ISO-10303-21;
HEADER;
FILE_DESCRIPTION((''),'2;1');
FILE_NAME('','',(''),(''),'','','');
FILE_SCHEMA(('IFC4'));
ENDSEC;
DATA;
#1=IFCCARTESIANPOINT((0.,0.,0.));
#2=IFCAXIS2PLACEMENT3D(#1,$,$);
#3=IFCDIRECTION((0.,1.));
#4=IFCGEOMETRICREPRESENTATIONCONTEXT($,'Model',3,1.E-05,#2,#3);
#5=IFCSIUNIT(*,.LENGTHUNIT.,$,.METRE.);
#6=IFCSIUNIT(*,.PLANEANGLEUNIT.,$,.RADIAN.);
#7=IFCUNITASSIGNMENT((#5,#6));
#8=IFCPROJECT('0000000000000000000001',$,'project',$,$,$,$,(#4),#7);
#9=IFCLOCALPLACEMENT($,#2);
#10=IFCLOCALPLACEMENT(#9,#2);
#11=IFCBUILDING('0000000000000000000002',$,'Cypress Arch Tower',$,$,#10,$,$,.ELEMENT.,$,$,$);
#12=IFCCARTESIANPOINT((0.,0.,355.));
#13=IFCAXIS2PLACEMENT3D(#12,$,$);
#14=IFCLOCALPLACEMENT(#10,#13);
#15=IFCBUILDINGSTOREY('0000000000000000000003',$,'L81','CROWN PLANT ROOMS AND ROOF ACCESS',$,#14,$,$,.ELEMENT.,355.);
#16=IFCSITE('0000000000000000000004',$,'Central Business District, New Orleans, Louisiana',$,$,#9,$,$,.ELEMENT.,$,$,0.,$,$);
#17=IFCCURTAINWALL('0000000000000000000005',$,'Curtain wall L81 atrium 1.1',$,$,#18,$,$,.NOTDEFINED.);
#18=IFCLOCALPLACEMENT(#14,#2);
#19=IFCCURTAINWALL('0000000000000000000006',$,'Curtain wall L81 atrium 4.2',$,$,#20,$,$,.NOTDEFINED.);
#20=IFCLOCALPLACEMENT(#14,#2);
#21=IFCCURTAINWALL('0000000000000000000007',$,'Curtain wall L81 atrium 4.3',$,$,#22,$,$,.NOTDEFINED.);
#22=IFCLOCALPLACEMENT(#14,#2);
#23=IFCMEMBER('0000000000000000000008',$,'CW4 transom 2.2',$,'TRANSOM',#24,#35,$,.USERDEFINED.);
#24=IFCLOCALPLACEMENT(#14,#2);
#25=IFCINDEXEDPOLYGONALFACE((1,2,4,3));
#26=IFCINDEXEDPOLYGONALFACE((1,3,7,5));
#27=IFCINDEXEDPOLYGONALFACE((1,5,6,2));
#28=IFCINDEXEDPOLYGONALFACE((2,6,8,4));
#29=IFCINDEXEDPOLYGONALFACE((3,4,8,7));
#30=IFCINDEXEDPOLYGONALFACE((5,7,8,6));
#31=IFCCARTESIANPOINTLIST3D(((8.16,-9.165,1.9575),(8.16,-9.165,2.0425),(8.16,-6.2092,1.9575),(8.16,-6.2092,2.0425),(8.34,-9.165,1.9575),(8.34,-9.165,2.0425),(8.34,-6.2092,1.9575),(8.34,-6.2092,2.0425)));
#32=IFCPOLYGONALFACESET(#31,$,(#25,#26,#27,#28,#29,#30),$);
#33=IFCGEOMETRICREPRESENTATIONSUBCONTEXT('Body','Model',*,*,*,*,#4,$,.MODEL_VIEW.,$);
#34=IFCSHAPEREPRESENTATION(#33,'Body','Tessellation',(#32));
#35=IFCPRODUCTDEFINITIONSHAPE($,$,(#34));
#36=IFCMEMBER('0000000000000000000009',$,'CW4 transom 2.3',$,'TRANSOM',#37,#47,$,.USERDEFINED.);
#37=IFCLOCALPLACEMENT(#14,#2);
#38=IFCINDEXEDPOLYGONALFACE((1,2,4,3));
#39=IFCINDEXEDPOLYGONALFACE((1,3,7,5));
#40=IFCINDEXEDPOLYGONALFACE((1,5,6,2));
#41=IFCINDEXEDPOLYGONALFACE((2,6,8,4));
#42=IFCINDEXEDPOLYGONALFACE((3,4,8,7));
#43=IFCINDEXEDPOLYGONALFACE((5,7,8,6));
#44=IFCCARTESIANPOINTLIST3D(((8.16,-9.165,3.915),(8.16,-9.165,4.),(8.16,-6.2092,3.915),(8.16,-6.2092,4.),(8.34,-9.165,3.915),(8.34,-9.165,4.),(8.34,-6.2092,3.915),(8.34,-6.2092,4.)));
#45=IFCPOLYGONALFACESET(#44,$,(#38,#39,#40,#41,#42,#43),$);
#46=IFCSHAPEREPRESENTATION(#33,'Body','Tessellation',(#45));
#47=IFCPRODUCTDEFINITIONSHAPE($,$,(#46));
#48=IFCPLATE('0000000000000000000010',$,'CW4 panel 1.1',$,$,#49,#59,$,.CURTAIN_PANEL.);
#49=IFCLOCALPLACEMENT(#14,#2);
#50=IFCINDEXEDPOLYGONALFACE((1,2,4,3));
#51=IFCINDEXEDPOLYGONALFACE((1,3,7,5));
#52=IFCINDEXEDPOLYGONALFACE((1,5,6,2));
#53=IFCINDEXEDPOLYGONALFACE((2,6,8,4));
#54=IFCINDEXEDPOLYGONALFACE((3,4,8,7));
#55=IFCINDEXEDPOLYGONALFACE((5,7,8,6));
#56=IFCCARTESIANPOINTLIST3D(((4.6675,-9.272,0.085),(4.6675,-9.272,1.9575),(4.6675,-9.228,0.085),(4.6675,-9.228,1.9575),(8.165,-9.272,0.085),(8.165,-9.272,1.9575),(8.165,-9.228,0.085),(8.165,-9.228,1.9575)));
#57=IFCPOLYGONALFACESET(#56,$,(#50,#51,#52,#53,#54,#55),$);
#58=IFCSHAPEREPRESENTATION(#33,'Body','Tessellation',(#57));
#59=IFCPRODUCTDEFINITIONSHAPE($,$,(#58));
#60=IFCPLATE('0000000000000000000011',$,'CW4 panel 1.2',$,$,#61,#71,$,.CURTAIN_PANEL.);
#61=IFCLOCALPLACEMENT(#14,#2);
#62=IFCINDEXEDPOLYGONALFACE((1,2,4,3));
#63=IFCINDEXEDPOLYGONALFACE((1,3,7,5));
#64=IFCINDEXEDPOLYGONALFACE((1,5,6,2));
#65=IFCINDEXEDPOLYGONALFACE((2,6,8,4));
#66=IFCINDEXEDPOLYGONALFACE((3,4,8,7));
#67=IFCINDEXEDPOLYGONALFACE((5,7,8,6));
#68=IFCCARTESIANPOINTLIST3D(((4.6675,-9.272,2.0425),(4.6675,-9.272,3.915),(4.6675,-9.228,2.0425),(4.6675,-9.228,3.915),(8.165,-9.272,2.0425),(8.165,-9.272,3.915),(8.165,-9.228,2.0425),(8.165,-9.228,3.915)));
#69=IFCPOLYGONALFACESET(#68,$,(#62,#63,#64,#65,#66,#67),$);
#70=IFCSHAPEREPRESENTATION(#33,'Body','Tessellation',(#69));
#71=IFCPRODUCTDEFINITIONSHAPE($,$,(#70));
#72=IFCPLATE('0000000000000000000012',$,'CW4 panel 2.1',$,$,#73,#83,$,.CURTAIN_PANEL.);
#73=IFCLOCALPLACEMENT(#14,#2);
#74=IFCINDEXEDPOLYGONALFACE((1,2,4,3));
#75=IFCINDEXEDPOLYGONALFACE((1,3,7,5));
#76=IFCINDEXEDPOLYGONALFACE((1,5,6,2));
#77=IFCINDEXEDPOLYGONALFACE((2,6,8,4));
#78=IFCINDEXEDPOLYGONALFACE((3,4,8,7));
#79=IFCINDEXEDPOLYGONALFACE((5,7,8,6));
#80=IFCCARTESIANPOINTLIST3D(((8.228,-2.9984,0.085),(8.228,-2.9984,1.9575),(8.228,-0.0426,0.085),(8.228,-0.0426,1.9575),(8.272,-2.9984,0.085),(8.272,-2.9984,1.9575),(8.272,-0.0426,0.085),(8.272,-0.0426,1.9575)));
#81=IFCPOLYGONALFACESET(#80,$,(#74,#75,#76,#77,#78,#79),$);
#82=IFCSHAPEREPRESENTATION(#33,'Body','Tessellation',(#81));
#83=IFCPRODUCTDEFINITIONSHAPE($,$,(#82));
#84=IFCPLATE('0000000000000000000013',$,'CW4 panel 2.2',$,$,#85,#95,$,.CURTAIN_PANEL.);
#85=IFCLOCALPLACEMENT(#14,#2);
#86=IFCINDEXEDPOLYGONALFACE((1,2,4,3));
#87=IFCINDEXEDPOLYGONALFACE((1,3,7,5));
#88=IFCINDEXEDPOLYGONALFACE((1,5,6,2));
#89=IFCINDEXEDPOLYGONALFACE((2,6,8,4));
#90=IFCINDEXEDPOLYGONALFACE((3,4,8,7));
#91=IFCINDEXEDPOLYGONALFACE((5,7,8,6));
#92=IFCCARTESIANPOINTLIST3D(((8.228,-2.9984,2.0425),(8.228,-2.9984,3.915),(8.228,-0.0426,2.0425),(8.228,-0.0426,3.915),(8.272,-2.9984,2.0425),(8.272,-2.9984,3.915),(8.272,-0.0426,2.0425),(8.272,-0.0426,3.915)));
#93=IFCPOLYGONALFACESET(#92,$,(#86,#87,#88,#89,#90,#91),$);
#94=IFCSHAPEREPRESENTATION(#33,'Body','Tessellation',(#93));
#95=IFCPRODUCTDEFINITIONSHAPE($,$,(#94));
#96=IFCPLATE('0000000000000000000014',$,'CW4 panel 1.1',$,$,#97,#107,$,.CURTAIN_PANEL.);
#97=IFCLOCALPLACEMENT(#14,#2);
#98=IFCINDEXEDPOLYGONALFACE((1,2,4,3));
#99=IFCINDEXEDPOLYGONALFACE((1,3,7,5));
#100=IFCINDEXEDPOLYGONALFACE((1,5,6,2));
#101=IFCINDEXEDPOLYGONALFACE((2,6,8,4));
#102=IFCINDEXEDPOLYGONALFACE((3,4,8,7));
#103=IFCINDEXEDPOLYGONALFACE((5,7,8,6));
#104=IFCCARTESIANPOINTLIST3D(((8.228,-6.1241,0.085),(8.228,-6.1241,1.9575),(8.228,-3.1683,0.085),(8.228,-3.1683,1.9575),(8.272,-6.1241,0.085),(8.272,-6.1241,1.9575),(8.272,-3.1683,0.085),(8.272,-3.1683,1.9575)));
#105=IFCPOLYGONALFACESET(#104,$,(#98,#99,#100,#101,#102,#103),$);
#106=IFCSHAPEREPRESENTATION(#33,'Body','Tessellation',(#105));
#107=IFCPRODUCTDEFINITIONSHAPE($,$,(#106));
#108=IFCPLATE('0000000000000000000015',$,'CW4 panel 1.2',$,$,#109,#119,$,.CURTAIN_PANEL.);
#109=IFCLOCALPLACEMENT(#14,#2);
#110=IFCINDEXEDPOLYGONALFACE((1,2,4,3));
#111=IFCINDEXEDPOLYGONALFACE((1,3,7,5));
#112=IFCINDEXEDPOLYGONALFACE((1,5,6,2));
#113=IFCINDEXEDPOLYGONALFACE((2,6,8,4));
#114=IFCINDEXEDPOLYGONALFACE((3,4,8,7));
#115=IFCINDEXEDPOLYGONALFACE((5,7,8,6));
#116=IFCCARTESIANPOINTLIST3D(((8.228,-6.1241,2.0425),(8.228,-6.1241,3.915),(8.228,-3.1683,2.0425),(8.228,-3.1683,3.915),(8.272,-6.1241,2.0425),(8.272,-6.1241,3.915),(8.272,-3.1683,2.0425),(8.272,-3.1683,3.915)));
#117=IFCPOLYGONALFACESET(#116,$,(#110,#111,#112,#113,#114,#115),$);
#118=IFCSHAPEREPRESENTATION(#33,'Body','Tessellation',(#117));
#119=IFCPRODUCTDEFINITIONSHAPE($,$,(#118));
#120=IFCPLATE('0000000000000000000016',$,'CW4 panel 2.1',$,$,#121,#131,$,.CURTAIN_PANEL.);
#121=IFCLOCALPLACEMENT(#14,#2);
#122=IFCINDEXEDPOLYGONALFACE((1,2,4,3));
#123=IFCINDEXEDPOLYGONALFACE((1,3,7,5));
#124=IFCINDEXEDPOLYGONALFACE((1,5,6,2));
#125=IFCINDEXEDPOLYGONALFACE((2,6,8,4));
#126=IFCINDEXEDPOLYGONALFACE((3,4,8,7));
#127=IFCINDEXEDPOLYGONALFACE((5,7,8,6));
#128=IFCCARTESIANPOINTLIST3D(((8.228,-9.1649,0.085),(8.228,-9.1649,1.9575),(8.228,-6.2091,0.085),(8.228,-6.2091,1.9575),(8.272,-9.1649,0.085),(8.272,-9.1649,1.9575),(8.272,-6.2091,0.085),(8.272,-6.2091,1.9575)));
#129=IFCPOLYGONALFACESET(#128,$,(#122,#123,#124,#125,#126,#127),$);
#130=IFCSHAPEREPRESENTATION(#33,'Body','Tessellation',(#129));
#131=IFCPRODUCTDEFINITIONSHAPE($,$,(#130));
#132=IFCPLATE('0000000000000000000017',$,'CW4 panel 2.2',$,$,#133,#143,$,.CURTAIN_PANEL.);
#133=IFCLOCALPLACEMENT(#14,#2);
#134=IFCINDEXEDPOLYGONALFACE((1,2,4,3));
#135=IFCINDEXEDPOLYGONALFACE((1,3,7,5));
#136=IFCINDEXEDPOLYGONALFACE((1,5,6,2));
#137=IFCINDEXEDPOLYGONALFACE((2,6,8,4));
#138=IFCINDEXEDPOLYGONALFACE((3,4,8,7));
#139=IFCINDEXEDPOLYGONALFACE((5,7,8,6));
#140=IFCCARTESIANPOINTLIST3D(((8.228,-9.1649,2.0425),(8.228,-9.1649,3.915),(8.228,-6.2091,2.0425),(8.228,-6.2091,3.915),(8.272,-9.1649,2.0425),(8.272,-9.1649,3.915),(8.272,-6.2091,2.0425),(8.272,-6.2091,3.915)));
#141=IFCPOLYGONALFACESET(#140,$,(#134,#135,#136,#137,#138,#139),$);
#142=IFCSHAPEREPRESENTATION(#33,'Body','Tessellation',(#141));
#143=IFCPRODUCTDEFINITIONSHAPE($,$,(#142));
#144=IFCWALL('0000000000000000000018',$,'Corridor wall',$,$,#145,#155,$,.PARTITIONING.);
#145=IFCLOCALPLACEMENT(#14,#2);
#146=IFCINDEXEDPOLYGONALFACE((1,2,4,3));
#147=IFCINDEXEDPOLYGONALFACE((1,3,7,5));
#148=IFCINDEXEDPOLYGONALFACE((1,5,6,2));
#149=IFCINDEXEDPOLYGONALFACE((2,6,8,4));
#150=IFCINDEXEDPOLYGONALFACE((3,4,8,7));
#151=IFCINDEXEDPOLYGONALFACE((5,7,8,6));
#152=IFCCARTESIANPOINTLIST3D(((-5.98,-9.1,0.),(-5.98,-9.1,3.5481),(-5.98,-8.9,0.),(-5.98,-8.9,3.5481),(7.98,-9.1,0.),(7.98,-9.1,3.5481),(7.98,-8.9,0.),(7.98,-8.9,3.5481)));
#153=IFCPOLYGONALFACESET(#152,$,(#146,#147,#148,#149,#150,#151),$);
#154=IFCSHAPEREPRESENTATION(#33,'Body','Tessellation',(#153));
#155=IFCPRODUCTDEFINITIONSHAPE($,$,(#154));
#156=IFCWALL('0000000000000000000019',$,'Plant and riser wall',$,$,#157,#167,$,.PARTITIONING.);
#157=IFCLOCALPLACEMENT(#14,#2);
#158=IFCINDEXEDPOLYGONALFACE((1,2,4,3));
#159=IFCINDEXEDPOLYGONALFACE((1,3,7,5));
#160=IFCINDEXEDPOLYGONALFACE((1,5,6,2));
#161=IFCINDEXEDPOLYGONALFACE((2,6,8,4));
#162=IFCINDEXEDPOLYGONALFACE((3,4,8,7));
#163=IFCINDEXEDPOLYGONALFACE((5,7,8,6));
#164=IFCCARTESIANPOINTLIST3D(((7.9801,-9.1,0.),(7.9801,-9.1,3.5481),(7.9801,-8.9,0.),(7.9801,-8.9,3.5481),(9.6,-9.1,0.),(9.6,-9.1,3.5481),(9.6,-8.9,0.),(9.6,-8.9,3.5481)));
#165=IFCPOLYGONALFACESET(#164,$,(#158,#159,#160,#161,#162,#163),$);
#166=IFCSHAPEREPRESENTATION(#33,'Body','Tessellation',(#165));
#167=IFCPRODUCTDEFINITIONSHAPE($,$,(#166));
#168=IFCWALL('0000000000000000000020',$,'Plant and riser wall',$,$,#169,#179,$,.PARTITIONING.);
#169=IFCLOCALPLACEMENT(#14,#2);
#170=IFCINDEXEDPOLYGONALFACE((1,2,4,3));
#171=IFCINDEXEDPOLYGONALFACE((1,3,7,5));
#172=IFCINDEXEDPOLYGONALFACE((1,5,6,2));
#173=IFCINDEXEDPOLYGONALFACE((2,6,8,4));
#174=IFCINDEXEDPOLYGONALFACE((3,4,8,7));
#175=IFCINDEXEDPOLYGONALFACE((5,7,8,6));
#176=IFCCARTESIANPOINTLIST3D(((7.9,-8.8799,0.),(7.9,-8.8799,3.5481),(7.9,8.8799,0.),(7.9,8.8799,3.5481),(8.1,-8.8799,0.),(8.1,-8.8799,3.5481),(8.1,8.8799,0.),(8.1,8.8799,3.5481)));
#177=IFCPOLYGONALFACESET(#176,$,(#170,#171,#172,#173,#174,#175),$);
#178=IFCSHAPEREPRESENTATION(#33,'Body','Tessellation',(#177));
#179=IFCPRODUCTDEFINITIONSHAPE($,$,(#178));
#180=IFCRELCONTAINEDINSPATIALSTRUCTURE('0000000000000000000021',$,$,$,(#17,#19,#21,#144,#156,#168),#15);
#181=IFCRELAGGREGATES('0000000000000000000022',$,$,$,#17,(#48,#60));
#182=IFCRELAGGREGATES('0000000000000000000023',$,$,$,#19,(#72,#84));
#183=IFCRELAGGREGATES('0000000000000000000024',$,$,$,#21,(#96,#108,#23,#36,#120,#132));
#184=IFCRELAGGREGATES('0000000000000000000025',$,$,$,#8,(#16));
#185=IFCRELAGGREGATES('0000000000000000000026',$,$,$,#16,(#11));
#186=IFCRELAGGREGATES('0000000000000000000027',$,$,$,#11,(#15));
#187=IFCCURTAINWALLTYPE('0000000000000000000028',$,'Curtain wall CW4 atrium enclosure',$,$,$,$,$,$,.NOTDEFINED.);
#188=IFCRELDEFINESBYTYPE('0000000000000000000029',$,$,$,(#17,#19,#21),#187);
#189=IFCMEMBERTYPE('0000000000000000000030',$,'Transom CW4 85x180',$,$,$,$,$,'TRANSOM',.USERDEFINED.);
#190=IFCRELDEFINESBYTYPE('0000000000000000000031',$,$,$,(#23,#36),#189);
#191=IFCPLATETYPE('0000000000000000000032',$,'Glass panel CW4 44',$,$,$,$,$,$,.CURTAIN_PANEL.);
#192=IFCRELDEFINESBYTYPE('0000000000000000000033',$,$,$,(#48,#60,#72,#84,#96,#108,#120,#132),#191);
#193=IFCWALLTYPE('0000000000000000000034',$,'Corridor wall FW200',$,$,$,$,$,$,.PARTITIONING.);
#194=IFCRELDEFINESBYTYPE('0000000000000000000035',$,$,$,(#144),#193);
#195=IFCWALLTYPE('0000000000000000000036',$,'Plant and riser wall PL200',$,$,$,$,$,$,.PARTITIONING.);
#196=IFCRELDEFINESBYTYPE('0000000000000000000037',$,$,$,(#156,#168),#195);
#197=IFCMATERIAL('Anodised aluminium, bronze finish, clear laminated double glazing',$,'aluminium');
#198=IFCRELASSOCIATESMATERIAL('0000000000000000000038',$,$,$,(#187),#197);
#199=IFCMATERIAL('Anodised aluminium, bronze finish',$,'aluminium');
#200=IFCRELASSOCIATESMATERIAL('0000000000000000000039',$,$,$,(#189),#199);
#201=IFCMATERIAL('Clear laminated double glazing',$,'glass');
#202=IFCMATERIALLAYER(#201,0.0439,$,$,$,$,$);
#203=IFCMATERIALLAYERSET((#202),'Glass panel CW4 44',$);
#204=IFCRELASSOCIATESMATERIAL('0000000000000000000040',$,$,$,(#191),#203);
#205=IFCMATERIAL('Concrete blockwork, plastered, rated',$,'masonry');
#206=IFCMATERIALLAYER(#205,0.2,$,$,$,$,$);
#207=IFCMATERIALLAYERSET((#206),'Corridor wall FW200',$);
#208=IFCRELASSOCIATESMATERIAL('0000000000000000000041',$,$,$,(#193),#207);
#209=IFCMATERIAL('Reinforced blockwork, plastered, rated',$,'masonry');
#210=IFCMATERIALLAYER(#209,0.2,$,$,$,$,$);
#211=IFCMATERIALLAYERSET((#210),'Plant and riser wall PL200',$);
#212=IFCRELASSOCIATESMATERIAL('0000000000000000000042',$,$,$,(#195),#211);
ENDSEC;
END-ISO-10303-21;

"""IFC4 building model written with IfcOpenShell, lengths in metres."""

from ifc_helpers import new_model, si_unit, direction, frame, frame_2d, origin, origin_2d, place, context, subcontext, project, spatial, rectangle, extrude, material, layer, layer_set, material_profile, profile_set, type_object, element, aggregate, save


model = new_model("IFC4")

# Units and contexts
model_context = context("Model", 3, precision=1e-05, world=origin(), true_north=direction((0.0, 1.0)))
body_context = subcontext(model_context, "Body", "Model", "MODEL_VIEW")
ifc_project = project(units=[si_unit("LENGTHUNIT", "METRE"), si_unit("PLANEANGLEUNIT", "RADIAN")], contexts=[model_context])

# Site, building, storey
site_placement = place(None, origin())
site = spatial("IfcSite", under=ifc_project, at=site_placement, Name="Central Business District, New Orleans, Louisiana", CompositionType="ELEMENT", RefElevation=0.0)
building_placement = place(site_placement, origin())
building = spatial("IfcBuilding", under=site, at=building_placement, Name="Cypress Arch Tower", CompositionType="ELEMENT")
storey_placement = place(building_placement, frame((0.0, 0.0, 355.0)))
storey = spatial("IfcBuildingStorey", under=building, at=storey_placement, Name="L81", Description="CROWN PLANT ROOMS AND ROOF ACCESS", CompositionType="ELEMENT", Elevation=355.0)

# Curtain wall
ifc_material_1 = material(Name="Anodised aluminium, bronze finish, clear laminated double glazing", Category="aluminium")
curtain_wall_type = type_object("IfcCurtainWallType", Name="Curtain wall CW4 atrium enclosure", PredefinedType="NOTDEFINED", material=ifc_material_1)
curtain_wall_1_placement = place(storey_placement, origin())
curtain_wall_1 = element("IfcCurtainWall", 1, at=curtain_wall_1_placement, inside=storey, type_object=curtain_wall_type, Name="Curtain wall L81 atrium 1.1", PredefinedType="NOTDEFINED")

# Curtain wall
curtain_wall_2_placement = place(storey_placement, origin())
curtain_wall_2 = element("IfcCurtainWall", 2, at=curtain_wall_2_placement, inside=storey, type_object=curtain_wall_type, Name="Curtain wall L81 atrium 4.2", PredefinedType="NOTDEFINED")

# Curtain wall
curtain_wall_3_placement = place(storey_placement, origin())
curtain_wall_3 = element("IfcCurtainWall", 3, at=curtain_wall_3_placement, inside=storey, type_object=curtain_wall_type, Name="Curtain wall L81 atrium 4.3", PredefinedType="NOTDEFINED")

# Members
ifc_material_2 = material(Name="Anodised aluminium, bronze finish", Category="aluminium")
ifc_material_profile_1 = material_profile(ifc_material_2, rectangle(XDim=0.1799, YDim=0.085, at=origin_2d()), Name="Transom 85x180")
ifc_profile_set_1 = profile_set([ifc_material_profile_1], Name="Anodised aluminium, bronze finish")
member_type_1 = type_object("IfcMemberType", Name="Transom CW4 85x180", ElementType="TRANSOM", PredefinedType="USERDEFINED", material=ifc_profile_set_1)
member_1_placement = place(storey_placement, frame((8.25, -6.2092, 2.0), z_axis=(0.0, -1.0, 0.0), x_axis=(1.0, 0.0, 0.0)))
member_1 = element("IfcMember", 4, at=member_1_placement, type_object=member_type_1, Name="CW4 transom 2.2", ObjectType="TRANSOM", PredefinedType="USERDEFINED", context=body_context, shape_type="SweptSolid", body=[
    extrude(rectangle(XDim=0.1799, YDim=0.085, at=origin_2d()), origin(), (0.0, 0.0, 1.0), 2.9558),
])
member_2_placement = place(storey_placement, frame((8.25, -6.2092, 3.9575), z_axis=(0.0, -1.0, 0.0), x_axis=(1.0, 0.0, 0.0)))
member_2 = element("IfcMember", 5, at=member_2_placement, type_object=member_type_1, Name="CW4 transom 2.3", ObjectType="TRANSOM", PredefinedType="USERDEFINED", context=body_context, shape_type="SweptSolid", body=[
    extrude(rectangle(XDim=0.1799, YDim=0.085, at=origin_2d()), origin(), (0.0, 0.0, 1.0), 2.9558),
])

# Plates
ifc_material_3 = material(Name="Clear laminated double glazing", Category="glass")
ifc_layer_1 = layer(ifc_material_3, 0.0439)
ifc_layer_set_1 = layer_set([ifc_layer_1], Name="Glass panel CW4 44")
plate_type = type_object("IfcPlateType", Name="Glass panel CW4 44", PredefinedType="CURTAIN_PANEL", material=ifc_layer_set_1)
plate_1_placement = place(storey_placement, frame((6.4163, -9.25, 0.085), z_axis=(0.0, 0.0, 1.0), x_axis=(-1.0, 0.0, 0.0)))
plate_1 = element("IfcPlate", 6, at=plate_1_placement, type_object=plate_type, Name="CW4 panel 1.1", PredefinedType="CURTAIN_PANEL", context=body_context, shape_type="SweptSolid", body=[
    extrude(rectangle(XDim=3.4976, YDim=0.0439, at=origin_2d()), origin(), (0.0, 0.0, 1.0), 1.8726),
])
plate_2_placement = place(storey_placement, frame((6.4163, -9.25, 2.0425), z_axis=(0.0, 0.0, 1.0), x_axis=(-1.0, 0.0, 0.0)))
plate_2 = element("IfcPlate", 7, at=plate_2_placement, type_object=plate_type, Name="CW4 panel 1.2", PredefinedType="CURTAIN_PANEL", context=body_context, shape_type="SweptSolid", body=[
    extrude(rectangle(XDim=3.4976, YDim=0.0439, at=origin_2d()), origin(), (0.0, 0.0, 1.0), 1.8726),
])
aggregate(curtain_wall_1, [plate_1, plate_2])
plate_3_placement = place(storey_placement, frame((8.25, -1.5205, 0.085), z_axis=(0.0, 0.0, 1.0), x_axis=(0.0, -1.0, 0.0)))
plate_3 = element("IfcPlate", 8, at=plate_3_placement, type_object=plate_type, Name="CW4 panel 2.1", PredefinedType="CURTAIN_PANEL", context=body_context, shape_type="SweptSolid", body=[
    extrude(rectangle(XDim=2.9558, YDim=0.0439, at=origin_2d()), origin(), (0.0, 0.0, 1.0), 1.8726),
])
plate_4_placement = place(storey_placement, frame((8.25, -1.5205, 2.0425), z_axis=(0.0, 0.0, 1.0), x_axis=(0.0, -1.0, 0.0)))
plate_4 = element("IfcPlate", 9, at=plate_4_placement, type_object=plate_type, Name="CW4 panel 2.2", PredefinedType="CURTAIN_PANEL", context=body_context, shape_type="SweptSolid", body=[
    extrude(rectangle(XDim=2.9558, YDim=0.0439, at=origin_2d()), origin(), (0.0, 0.0, 1.0), 1.8726),
])
aggregate(curtain_wall_2, [plate_3, plate_4])
plate_5_placement = place(storey_placement, frame((8.25, -4.6462, 0.085), z_axis=(0.0, 0.0, 1.0), x_axis=(0.0, -1.0, 0.0)))
plate_5 = element("IfcPlate", 10, at=plate_5_placement, type_object=plate_type, Name="CW4 panel 1.1", PredefinedType="CURTAIN_PANEL", context=body_context, shape_type="SweptSolid", body=[
    extrude(rectangle(XDim=2.9558, YDim=0.0439, at=origin_2d()), origin(), (0.0, 0.0, 1.0), 1.8726),
])
plate_6_placement = place(storey_placement, frame((8.25, -4.6462, 2.0425), z_axis=(0.0, 0.0, 1.0), x_axis=(0.0, -1.0, 0.0)))
plate_6 = element("IfcPlate", 11, at=plate_6_placement, type_object=plate_type, Name="CW4 panel 1.2", PredefinedType="CURTAIN_PANEL", context=body_context, shape_type="SweptSolid", body=[
    extrude(rectangle(XDim=2.9558, YDim=0.0439, at=origin_2d()), origin(), (0.0, 0.0, 1.0), 1.8726),
])
plate_7_placement = place(storey_placement, frame((8.25, -7.687, 0.085), z_axis=(0.0, 0.0, 1.0), x_axis=(0.0, -1.0, 0.0)))
plate_7 = element("IfcPlate", 12, at=plate_7_placement, type_object=plate_type, Name="CW4 panel 2.1", PredefinedType="CURTAIN_PANEL", context=body_context, shape_type="SweptSolid", body=[
    extrude(rectangle(XDim=2.9558, YDim=0.0439, at=origin_2d()), origin(), (0.0, 0.0, 1.0), 1.8726),
])
plate_8_placement = place(storey_placement, frame((8.25, -7.687, 2.0425), z_axis=(0.0, 0.0, 1.0), x_axis=(0.0, -1.0, 0.0)))
plate_8 = element("IfcPlate", 13, at=plate_8_placement, type_object=plate_type, Name="CW4 panel 2.2", PredefinedType="CURTAIN_PANEL", context=body_context, shape_type="SweptSolid", body=[
    extrude(rectangle(XDim=2.9558, YDim=0.0439, at=origin_2d()), origin(), (0.0, 0.0, 1.0), 1.8726),
])
aggregate(curtain_wall_3, [plate_5, plate_6, member_1, member_2, plate_7, plate_8])

# Walls
ifc_material_4 = material(Name="Concrete blockwork, plastered, rated", Category="masonry")
ifc_layer_2 = layer(ifc_material_4, 0.2)
ifc_layer_set_2 = layer_set([ifc_layer_2], Name="Corridor wall FW200")
wall_type_1 = type_object("IfcWallType", Name="Corridor wall FW200", PredefinedType="PARTITIONING", material=ifc_layer_set_2)
wall_1_placement = place(storey_placement, frame((-5.98, -9.0, 0.0), z_axis=(0.0, 0.0, 1.0), x_axis=(1.0, 0.0, 0.0)))
element("IfcWall", 14, at=wall_1_placement, inside=storey, type_object=wall_type_1, Name="Corridor wall", PredefinedType="PARTITIONING", context=body_context, shape_type="SweptSolid", body=[
    extrude(rectangle(XDim=13.96, YDim=0.2, at=frame_2d((6.98, 0.0))), origin(), (0.0, 0.0, 1.0), 3.5481),
])
ifc_material_5 = material(Name="Reinforced blockwork, plastered, rated", Category="masonry")
ifc_layer_3 = layer(ifc_material_5, 0.2)
ifc_layer_set_3 = layer_set([ifc_layer_3], Name="Plant and riser wall PL200")
wall_type_2 = type_object("IfcWallType", Name="Plant and riser wall PL200", PredefinedType="PARTITIONING", material=ifc_layer_set_3)
wall_2_placement = place(storey_placement, frame((7.98, -9.0, 0.0), z_axis=(0.0, 0.0, 1.0), x_axis=(1.0, 0.0, 0.0)))
element("IfcWall", 15, at=wall_2_placement, inside=storey, type_object=wall_type_2, Name="Plant and riser wall", PredefinedType="PARTITIONING", context=body_context, shape_type="SweptSolid", body=[
    extrude(rectangle(XDim=1.6199, YDim=0.2, at=frame_2d((0.8101, 0.0))), origin(), (0.0, 0.0, 1.0), 3.5481),
])
wall_3_placement = place(storey_placement, frame((8.0, -8.8799, 0.0), z_axis=(0.0, 0.0, 1.0), x_axis=(0.0, 1.0, 0.0)))
element("IfcWall", 16, at=wall_3_placement, inside=storey, type_object=wall_type_2, Name="Plant and riser wall", PredefinedType="PARTITIONING", context=body_context, shape_type="SweptSolid", body=[
    extrude(rectangle(XDim=17.7598, YDim=0.2, at=frame_2d((8.8799, 0.0))), origin(), (0.0, 0.0, 1.0), 3.5481),
])

save(model, "model.ifc")
